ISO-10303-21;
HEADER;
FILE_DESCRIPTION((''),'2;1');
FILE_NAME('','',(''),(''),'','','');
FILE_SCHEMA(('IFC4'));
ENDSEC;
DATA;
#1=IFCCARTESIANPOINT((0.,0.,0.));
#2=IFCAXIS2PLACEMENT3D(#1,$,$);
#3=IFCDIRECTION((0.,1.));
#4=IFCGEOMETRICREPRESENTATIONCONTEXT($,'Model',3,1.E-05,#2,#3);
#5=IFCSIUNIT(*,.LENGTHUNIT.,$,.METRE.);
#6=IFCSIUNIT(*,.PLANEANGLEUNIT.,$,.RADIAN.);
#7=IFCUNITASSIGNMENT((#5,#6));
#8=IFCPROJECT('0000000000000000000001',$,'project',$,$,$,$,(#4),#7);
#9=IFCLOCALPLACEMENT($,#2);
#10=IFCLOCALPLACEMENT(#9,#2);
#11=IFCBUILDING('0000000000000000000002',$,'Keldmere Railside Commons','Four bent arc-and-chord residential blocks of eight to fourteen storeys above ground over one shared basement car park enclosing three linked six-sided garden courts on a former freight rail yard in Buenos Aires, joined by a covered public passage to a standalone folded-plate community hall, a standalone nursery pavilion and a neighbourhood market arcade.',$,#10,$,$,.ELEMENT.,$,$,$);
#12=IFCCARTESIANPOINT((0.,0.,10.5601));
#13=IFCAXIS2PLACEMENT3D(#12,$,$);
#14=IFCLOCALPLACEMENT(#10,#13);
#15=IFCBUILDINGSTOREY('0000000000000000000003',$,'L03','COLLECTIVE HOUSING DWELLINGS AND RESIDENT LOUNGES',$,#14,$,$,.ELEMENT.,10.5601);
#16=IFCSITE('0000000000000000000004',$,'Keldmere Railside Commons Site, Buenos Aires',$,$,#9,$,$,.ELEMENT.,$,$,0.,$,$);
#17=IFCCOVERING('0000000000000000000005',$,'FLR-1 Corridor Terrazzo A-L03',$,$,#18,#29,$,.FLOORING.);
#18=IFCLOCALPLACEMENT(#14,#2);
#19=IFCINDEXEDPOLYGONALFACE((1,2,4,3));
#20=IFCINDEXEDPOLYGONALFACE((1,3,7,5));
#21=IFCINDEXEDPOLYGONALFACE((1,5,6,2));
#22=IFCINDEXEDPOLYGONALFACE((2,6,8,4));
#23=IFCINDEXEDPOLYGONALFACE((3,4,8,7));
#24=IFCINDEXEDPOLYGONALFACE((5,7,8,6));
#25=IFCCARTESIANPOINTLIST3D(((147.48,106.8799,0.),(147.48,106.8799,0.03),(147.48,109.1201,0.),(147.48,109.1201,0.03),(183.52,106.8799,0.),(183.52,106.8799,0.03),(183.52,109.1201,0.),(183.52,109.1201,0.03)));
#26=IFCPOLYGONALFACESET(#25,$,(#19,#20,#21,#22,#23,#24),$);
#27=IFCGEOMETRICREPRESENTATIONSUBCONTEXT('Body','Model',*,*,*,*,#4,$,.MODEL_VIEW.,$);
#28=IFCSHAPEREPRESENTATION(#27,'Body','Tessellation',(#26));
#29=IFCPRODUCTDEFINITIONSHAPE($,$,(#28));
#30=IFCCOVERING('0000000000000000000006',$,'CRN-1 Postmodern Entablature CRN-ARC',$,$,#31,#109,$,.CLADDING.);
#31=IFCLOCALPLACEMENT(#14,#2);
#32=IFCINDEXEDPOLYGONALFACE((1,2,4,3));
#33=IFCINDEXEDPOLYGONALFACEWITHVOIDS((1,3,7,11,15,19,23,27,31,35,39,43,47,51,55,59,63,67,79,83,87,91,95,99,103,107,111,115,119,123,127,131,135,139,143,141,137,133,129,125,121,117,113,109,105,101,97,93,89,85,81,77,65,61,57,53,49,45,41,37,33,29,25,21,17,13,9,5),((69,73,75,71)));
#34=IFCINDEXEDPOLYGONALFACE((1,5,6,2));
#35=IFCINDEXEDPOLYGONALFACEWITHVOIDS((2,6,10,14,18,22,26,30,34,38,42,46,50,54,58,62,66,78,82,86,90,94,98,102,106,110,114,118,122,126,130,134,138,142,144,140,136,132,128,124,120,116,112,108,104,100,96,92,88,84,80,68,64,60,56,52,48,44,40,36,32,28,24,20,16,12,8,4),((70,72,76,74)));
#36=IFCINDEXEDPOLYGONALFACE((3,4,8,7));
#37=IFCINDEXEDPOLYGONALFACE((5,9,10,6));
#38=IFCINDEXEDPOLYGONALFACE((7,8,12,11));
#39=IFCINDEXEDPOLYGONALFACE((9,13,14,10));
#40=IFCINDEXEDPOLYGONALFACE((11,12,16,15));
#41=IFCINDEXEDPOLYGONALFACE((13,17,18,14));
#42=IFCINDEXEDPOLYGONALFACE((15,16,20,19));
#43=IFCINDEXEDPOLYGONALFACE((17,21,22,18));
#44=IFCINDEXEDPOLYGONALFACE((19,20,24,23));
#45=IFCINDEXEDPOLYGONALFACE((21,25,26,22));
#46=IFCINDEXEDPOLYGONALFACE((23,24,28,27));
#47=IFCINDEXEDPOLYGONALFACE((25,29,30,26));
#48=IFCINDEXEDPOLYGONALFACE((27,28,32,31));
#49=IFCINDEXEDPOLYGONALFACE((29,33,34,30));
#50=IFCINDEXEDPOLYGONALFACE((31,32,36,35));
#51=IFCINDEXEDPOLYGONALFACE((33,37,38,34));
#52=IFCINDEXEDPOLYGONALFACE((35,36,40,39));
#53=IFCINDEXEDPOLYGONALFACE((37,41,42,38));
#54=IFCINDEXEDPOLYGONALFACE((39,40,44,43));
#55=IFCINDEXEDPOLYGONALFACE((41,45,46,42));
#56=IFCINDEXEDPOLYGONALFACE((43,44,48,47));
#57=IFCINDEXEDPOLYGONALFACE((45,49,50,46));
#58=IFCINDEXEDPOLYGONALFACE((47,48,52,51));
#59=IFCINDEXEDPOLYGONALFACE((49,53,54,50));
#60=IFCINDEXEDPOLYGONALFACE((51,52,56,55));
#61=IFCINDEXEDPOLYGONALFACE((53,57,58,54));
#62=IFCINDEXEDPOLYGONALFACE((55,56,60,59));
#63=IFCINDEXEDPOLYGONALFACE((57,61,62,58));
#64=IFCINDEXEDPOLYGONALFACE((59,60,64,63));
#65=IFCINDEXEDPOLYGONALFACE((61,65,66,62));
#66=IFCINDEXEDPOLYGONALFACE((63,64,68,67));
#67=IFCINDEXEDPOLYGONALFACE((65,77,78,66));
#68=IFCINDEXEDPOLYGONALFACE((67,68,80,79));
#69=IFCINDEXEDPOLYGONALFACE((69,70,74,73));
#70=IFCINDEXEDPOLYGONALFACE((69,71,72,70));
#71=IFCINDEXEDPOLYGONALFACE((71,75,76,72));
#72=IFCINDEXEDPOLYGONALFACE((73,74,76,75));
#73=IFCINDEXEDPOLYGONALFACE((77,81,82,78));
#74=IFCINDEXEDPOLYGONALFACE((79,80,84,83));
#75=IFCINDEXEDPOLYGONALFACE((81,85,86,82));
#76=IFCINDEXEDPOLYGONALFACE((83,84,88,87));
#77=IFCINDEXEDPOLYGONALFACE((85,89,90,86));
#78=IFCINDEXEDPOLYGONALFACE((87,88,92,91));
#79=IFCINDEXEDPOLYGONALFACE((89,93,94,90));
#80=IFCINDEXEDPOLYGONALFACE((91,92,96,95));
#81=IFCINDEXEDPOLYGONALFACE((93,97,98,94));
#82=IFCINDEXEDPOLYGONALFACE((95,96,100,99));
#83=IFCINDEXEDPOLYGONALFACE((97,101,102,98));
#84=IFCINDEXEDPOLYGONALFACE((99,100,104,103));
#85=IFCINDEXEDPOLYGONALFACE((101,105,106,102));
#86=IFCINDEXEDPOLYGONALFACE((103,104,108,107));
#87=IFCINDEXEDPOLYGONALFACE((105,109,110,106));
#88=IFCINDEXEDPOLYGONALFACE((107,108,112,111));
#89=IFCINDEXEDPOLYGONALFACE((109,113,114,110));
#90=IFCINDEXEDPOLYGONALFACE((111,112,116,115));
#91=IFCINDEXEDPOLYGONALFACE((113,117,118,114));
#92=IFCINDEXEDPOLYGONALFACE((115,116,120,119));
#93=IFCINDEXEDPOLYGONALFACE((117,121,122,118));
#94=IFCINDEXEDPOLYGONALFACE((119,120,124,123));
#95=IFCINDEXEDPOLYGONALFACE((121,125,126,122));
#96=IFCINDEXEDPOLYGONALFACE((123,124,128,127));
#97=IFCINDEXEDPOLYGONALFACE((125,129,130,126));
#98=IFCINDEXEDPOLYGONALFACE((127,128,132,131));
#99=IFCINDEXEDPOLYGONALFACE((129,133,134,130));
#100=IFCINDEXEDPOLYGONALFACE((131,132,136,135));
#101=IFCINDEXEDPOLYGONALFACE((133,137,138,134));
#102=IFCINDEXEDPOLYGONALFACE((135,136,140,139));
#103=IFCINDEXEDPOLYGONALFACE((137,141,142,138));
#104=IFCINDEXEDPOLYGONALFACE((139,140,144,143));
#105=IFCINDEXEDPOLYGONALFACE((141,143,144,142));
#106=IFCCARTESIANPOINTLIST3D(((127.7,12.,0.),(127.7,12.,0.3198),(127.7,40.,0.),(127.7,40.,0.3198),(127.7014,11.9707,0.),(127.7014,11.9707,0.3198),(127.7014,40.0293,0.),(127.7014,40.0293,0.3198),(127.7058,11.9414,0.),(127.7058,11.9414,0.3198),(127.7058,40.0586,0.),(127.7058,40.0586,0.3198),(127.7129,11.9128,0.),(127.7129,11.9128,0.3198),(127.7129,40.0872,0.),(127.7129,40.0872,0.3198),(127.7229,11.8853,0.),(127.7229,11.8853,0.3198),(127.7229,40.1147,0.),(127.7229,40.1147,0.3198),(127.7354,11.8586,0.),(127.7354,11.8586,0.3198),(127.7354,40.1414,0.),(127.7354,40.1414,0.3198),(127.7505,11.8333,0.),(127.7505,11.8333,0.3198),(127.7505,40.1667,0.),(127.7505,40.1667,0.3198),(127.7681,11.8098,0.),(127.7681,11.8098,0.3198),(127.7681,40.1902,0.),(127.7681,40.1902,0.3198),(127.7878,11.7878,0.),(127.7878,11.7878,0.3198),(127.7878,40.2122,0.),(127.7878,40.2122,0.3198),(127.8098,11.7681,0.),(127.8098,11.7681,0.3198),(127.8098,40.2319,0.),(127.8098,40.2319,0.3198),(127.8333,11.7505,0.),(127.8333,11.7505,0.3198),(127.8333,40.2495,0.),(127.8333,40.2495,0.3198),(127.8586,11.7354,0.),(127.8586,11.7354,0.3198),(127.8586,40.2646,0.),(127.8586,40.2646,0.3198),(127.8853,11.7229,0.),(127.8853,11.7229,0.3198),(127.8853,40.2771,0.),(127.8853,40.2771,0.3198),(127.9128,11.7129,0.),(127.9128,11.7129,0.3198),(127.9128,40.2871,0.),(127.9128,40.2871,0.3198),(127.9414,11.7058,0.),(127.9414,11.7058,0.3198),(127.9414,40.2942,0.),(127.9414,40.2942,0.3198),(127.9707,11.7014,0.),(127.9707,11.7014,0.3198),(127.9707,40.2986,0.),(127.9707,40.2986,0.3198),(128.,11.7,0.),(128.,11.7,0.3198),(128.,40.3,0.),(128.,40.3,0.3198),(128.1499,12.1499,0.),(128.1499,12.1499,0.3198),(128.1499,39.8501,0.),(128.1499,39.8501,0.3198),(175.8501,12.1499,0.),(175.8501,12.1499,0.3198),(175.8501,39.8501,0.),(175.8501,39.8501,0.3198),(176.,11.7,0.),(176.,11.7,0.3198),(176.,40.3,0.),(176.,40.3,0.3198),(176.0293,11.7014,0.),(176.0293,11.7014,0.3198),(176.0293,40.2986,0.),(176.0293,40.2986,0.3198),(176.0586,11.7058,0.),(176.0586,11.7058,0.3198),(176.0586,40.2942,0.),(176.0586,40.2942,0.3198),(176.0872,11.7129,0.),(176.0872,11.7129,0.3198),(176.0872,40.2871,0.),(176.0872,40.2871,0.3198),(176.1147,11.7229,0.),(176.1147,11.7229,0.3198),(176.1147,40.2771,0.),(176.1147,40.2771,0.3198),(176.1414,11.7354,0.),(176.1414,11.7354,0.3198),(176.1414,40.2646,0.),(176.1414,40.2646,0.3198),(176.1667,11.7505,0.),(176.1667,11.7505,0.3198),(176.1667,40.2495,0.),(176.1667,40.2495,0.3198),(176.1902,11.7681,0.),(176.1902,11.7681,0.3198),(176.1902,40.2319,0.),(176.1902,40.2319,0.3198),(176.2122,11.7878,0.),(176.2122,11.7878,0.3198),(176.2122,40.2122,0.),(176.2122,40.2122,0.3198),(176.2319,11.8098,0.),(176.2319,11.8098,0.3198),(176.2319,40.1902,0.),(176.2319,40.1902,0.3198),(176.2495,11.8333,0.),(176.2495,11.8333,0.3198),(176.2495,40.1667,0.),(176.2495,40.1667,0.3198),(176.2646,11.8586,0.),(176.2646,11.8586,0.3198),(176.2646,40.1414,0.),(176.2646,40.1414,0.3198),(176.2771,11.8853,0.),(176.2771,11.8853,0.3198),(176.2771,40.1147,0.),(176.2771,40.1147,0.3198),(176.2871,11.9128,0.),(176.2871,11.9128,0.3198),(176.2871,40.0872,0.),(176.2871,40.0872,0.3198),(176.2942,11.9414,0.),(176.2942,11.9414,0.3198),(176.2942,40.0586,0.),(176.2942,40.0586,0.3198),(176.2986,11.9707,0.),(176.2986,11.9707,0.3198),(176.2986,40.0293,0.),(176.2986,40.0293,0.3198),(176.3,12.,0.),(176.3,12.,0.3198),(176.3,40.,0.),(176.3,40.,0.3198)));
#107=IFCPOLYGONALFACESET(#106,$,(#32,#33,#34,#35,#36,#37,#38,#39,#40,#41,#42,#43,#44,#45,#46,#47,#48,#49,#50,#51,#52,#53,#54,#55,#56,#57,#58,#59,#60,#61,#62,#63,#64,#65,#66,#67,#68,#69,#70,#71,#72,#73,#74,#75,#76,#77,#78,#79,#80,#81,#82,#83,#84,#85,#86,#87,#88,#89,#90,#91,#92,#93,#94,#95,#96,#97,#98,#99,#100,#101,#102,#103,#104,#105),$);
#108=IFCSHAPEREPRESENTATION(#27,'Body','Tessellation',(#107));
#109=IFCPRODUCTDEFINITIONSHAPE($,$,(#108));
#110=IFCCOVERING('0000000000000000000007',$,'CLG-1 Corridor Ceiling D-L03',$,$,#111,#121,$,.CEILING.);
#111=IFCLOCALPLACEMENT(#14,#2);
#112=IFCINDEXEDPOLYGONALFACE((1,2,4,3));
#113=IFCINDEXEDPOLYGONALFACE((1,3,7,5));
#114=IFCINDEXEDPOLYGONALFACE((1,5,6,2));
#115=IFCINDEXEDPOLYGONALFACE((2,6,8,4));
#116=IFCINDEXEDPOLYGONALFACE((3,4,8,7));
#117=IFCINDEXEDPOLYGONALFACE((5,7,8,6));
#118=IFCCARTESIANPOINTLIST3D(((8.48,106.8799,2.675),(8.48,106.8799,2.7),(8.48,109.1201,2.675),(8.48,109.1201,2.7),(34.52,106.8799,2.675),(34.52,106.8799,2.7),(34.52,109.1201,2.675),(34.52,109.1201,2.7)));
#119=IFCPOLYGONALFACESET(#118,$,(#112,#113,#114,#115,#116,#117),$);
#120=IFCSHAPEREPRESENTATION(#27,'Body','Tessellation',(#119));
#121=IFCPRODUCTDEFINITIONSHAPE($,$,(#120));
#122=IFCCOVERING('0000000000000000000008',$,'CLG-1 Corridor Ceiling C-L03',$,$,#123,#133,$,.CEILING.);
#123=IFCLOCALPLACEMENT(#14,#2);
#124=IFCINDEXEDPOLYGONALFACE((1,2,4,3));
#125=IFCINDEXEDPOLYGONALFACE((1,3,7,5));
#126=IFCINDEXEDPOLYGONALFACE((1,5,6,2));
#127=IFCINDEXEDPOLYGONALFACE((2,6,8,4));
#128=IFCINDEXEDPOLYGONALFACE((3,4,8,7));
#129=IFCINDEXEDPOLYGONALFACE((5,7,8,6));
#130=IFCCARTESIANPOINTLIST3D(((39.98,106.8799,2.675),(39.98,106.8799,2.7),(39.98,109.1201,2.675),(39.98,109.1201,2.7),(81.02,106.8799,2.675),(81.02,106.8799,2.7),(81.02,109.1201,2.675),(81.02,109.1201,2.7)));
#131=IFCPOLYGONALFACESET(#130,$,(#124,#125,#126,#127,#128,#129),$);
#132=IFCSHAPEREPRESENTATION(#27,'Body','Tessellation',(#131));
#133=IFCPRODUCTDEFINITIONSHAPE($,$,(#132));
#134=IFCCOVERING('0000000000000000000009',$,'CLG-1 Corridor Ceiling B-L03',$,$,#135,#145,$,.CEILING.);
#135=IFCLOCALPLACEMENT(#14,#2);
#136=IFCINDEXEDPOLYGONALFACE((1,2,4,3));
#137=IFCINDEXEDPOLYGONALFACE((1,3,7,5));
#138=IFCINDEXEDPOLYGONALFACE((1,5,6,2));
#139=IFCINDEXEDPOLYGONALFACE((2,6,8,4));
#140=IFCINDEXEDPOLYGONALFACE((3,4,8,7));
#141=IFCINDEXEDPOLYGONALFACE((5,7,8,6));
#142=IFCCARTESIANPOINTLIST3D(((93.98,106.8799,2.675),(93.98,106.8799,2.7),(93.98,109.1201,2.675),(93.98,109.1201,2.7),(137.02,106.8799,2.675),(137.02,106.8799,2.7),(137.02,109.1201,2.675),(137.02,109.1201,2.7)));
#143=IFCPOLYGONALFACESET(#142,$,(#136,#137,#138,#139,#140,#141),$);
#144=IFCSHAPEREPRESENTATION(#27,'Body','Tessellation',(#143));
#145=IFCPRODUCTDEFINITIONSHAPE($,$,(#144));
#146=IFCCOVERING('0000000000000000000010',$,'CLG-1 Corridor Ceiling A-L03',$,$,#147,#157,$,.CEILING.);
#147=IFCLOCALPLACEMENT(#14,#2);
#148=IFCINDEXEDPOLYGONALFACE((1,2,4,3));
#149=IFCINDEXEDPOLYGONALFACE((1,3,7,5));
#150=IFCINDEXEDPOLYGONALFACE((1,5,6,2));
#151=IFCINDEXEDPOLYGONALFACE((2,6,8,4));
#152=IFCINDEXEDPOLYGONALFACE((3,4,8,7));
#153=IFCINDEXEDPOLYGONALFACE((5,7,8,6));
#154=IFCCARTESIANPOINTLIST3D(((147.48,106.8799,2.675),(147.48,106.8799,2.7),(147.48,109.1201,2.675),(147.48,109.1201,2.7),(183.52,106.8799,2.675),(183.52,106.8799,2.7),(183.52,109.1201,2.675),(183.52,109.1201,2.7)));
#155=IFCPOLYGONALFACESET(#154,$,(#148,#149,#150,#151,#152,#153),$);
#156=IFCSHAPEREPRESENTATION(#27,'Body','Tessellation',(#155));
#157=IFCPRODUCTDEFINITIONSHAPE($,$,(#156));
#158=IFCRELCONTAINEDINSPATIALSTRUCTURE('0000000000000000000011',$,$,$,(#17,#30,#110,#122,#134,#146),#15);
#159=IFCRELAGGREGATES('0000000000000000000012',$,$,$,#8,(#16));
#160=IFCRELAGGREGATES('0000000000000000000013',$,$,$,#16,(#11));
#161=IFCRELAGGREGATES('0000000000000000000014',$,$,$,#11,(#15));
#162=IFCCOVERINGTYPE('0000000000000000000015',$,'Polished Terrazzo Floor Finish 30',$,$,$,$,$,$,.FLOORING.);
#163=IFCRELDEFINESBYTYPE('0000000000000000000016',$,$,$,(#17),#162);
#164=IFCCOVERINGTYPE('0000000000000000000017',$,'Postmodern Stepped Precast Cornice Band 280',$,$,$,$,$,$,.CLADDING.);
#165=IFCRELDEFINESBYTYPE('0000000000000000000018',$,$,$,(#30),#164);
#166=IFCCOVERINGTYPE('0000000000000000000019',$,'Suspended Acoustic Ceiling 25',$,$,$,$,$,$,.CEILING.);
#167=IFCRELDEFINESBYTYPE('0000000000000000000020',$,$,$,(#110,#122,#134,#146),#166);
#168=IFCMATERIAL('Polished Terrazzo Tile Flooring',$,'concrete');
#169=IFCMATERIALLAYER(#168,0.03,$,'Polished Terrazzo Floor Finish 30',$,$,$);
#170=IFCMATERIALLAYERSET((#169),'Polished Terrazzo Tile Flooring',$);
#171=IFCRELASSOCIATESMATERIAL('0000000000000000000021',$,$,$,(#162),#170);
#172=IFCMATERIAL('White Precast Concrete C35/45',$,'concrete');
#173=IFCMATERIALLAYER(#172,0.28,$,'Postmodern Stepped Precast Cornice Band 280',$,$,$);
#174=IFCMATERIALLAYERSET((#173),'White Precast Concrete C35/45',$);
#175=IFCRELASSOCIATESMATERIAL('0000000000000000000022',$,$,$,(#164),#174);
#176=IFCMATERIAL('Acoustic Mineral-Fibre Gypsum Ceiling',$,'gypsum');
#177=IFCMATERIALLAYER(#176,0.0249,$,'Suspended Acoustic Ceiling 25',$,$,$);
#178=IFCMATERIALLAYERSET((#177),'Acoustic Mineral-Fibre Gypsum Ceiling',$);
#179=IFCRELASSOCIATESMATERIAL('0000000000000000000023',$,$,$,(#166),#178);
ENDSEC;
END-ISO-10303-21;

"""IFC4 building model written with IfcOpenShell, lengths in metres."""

from ifc_helpers import new_model, si_unit, direction, frame, origin, place, context, subcontext, project, spatial, polyline, outline, extrude, material, layer, layer_set, type_object, element, save


model = new_model("IFC4")

# Units and contexts
model_context = context("Model", 3, precision=1e-05, world=origin(), true_north=direction((0.0, 1.0)))
body_context = subcontext(model_context, "Body", "Model", "MODEL_VIEW")
ifc_project = project(units=[si_unit("LENGTHUNIT", "METRE"), si_unit("PLANEANGLEUNIT", "RADIAN")], contexts=[model_context])

# Site, building, storey
site_placement = place(None, origin())
site = spatial("IfcSite", under=ifc_project, at=site_placement, Name="Keldmere Railside Commons Site, Buenos Aires", CompositionType="ELEMENT", RefElevation=0.0)
building_placement = place(site_placement, origin())
building = spatial("IfcBuilding", under=site, at=building_placement, Name="Keldmere Railside Commons", Description="Four bent arc-and-chord residential blocks of eight to fourteen storeys above ground over one shared basement car park enclosing three linked six-sided garden courts on a former freight rail yard in Buenos Aires, joined by a covered public passage to a standalone folded-plate community hall, a standalone nursery pavilion and a neighbourhood market arcade.", CompositionType="ELEMENT")
storey_placement = place(building_placement, frame((0.0, 0.0, 10.5601)))
storey = spatial("IfcBuildingStorey", under=building, at=storey_placement, Name="L03", Description="COLLECTIVE HOUSING DWELLINGS AND RESIDENT LOUNGES", CompositionType="ELEMENT", Elevation=10.5601)

# Coverings
ifc_material_1 = material(Name="Polished Terrazzo Tile Flooring", Category="concrete")
ifc_layer_1 = layer(ifc_material_1, 0.03, Name="Polished Terrazzo Floor Finish 30")
ifc_layer_set_1 = layer_set([ifc_layer_1], Name="Polished Terrazzo Tile Flooring")
covering_type_1 = type_object("IfcCoveringType", Name="Polished Terrazzo Floor Finish 30", PredefinedType="FLOORING", material=ifc_layer_set_1)
covering_1_placement = place(storey_placement, origin())
element("IfcCovering", 1, at=covering_1_placement, inside=storey, type_object=covering_type_1, Name="FLR-1 Corridor Terrazzo A-L03", PredefinedType="FLOORING", context=body_context, shape_type="SweptSolid", body=[
    extrude(outline(polyline([(147.48, 106.8799), (183.52, 106.8799), (183.52, 109.1201), (147.48, 109.1201), (147.48, 106.8799)])), origin(), (0.0, 0.0, 1.0), 0.03),
])
ifc_material_2 = material(Name="White Precast Concrete C35/45", Category="concrete")
ifc_layer_2 = layer(ifc_material_2, 0.28, Name="Postmodern Stepped Precast Cornice Band 280")
ifc_layer_set_2 = layer_set([ifc_layer_2], Name="White Precast Concrete C35/45")
covering_type_2 = type_object("IfcCoveringType", Name="Postmodern Stepped Precast Cornice Band 280", PredefinedType="CLADDING", material=ifc_layer_set_2)
covering_2_placement = place(storey_placement, origin())
element("IfcCovering", 2, at=covering_2_placement, inside=storey, type_object=covering_type_2, Name="CRN-1 Postmodern Entablature CRN-ARC", PredefinedType="CLADDING", context=body_context, shape_type="SweptSolid", body=[
    extrude(outline(polyline([(128.0, 11.7), (127.9707, 11.7014), (127.9414, 11.7058), (127.9128, 11.7129), (127.8853, 11.7229), (127.8586, 11.7354), (127.8333, 11.7505), (127.8098, 11.7681), (127.7878, 11.7878), (127.7681, 11.8098), (127.7505, 11.8333), (127.7354, 11.8586), (127.7229, 11.8853), (127.7129, 11.9128), (127.7058, 11.9414), (127.7014, 11.9707), (127.7, 12.0), (127.7, 40.0), (127.7014, 40.0293), (127.7058, 40.0586), (127.7129, 40.0872), (127.7229, 40.1147), (127.7354, 40.1414), (127.7505, 40.1667), (127.7681, 40.1902), (127.7878, 40.2122), (127.8098, 40.2319), (127.8333, 40.2495), (127.8586, 40.2646), (127.8853, 40.2771), (127.9128, 40.2871), (127.9414, 40.2942), (127.9707, 40.2986), (128.0, 40.3), (176.0, 40.3), (176.0293, 40.2986), (176.0586, 40.2942), (176.0872, 40.2871), (176.1147, 40.2771), (176.1414, 40.2646), (176.1667, 40.2495), (176.1902, 40.2319), (176.2122, 40.2122), (176.2319, 40.1902), (176.2495, 40.1667), (176.2646, 40.1414), (176.2771, 40.1147), (176.2871, 40.0872), (176.2942, 40.0586), (176.2986, 40.0293), (176.3, 40.0), (176.3, 12.0), (176.2986, 11.9707), (176.2942, 11.9414), (176.2871, 11.9128), (176.2771, 11.8853), (176.2646, 11.8586), (176.2495, 11.8333), (176.2319, 11.8098), (176.2122, 11.7878), (176.1902, 11.7681), (176.1667, 11.7505), (176.1414, 11.7354), (176.1147, 11.7229), (176.0872, 11.7129), (176.0586, 11.7058), (176.0293, 11.7014), (176.0, 11.7), (128.0, 11.7)]), holes=[polyline([(175.8501, 12.1499), (128.1499, 12.1499), (128.1499, 39.8501), (175.8501, 39.8501), (175.8501, 12.1499)])]), origin(), (0.0, 0.0, 1.0), 0.3198),
])
ifc_material_3 = material(Name="Acoustic Mineral-Fibre Gypsum Ceiling", Category="gypsum")
ifc_layer_3 = layer(ifc_material_3, 0.0249, Name="Suspended Acoustic Ceiling 25")
ifc_layer_set_3 = layer_set([ifc_layer_3], Name="Acoustic Mineral-Fibre Gypsum Ceiling")
covering_type_3 = type_object("IfcCoveringType", Name="Suspended Acoustic Ceiling 25", PredefinedType="CEILING", material=ifc_layer_set_3)
covering_3_placement = place(storey_placement, frame((0.0, 0.0, 2.675)))
element("IfcCovering", 3, at=covering_3_placement, inside=storey, type_object=covering_type_3, Name="CLG-1 Corridor Ceiling D-L03", PredefinedType="CEILING", context=body_context, shape_type="SweptSolid", body=[
    extrude(outline(polyline([(8.48, 106.8799), (34.52, 106.8799), (34.52, 109.1201), (8.48, 109.1201), (8.48, 106.8799)])), origin(), (0.0, 0.0, 1.0), 0.0249),
])
covering_4_placement = place(storey_placement, frame((0.0, 0.0, 2.675)))
element("IfcCovering", 4, at=covering_4_placement, inside=storey, type_object=covering_type_3, Name="CLG-1 Corridor Ceiling C-L03", PredefinedType="CEILING", context=body_context, shape_type="SweptSolid", body=[
    extrude(outline(polyline([(39.98, 106.8799), (81.02, 106.8799), (81.02, 109.1201), (39.98, 109.1201), (39.98, 106.8799)])), origin(), (0.0, 0.0, 1.0), 0.0249),
])
covering_5_placement = place(storey_placement, frame((0.0, 0.0, 2.675)))
element("IfcCovering", 5, at=covering_5_placement, inside=storey, type_object=covering_type_3, Name="CLG-1 Corridor Ceiling B-L03", PredefinedType="CEILING", context=body_context, shape_type="SweptSolid", body=[
    extrude(outline(polyline([(93.98, 106.8799), (137.02, 106.8799), (137.02, 109.1201), (93.98, 109.1201), (93.98, 106.8799)])), origin(), (0.0, 0.0, 1.0), 0.0249),
])
covering_6_placement = place(storey_placement, frame((0.0, 0.0, 2.675)))
element("IfcCovering", 6, at=covering_6_placement, inside=storey, type_object=covering_type_3, Name="CLG-1 Corridor Ceiling A-L03", PredefinedType="CEILING", context=body_context, shape_type="SweptSolid", body=[
    extrude(outline(polyline([(147.48, 106.8799), (183.52, 106.8799), (183.52, 109.1201), (147.48, 109.1201), (147.48, 106.8799)])), origin(), (0.0, 0.0, 1.0), 0.0249),
])

save(model, "model.ifc")
